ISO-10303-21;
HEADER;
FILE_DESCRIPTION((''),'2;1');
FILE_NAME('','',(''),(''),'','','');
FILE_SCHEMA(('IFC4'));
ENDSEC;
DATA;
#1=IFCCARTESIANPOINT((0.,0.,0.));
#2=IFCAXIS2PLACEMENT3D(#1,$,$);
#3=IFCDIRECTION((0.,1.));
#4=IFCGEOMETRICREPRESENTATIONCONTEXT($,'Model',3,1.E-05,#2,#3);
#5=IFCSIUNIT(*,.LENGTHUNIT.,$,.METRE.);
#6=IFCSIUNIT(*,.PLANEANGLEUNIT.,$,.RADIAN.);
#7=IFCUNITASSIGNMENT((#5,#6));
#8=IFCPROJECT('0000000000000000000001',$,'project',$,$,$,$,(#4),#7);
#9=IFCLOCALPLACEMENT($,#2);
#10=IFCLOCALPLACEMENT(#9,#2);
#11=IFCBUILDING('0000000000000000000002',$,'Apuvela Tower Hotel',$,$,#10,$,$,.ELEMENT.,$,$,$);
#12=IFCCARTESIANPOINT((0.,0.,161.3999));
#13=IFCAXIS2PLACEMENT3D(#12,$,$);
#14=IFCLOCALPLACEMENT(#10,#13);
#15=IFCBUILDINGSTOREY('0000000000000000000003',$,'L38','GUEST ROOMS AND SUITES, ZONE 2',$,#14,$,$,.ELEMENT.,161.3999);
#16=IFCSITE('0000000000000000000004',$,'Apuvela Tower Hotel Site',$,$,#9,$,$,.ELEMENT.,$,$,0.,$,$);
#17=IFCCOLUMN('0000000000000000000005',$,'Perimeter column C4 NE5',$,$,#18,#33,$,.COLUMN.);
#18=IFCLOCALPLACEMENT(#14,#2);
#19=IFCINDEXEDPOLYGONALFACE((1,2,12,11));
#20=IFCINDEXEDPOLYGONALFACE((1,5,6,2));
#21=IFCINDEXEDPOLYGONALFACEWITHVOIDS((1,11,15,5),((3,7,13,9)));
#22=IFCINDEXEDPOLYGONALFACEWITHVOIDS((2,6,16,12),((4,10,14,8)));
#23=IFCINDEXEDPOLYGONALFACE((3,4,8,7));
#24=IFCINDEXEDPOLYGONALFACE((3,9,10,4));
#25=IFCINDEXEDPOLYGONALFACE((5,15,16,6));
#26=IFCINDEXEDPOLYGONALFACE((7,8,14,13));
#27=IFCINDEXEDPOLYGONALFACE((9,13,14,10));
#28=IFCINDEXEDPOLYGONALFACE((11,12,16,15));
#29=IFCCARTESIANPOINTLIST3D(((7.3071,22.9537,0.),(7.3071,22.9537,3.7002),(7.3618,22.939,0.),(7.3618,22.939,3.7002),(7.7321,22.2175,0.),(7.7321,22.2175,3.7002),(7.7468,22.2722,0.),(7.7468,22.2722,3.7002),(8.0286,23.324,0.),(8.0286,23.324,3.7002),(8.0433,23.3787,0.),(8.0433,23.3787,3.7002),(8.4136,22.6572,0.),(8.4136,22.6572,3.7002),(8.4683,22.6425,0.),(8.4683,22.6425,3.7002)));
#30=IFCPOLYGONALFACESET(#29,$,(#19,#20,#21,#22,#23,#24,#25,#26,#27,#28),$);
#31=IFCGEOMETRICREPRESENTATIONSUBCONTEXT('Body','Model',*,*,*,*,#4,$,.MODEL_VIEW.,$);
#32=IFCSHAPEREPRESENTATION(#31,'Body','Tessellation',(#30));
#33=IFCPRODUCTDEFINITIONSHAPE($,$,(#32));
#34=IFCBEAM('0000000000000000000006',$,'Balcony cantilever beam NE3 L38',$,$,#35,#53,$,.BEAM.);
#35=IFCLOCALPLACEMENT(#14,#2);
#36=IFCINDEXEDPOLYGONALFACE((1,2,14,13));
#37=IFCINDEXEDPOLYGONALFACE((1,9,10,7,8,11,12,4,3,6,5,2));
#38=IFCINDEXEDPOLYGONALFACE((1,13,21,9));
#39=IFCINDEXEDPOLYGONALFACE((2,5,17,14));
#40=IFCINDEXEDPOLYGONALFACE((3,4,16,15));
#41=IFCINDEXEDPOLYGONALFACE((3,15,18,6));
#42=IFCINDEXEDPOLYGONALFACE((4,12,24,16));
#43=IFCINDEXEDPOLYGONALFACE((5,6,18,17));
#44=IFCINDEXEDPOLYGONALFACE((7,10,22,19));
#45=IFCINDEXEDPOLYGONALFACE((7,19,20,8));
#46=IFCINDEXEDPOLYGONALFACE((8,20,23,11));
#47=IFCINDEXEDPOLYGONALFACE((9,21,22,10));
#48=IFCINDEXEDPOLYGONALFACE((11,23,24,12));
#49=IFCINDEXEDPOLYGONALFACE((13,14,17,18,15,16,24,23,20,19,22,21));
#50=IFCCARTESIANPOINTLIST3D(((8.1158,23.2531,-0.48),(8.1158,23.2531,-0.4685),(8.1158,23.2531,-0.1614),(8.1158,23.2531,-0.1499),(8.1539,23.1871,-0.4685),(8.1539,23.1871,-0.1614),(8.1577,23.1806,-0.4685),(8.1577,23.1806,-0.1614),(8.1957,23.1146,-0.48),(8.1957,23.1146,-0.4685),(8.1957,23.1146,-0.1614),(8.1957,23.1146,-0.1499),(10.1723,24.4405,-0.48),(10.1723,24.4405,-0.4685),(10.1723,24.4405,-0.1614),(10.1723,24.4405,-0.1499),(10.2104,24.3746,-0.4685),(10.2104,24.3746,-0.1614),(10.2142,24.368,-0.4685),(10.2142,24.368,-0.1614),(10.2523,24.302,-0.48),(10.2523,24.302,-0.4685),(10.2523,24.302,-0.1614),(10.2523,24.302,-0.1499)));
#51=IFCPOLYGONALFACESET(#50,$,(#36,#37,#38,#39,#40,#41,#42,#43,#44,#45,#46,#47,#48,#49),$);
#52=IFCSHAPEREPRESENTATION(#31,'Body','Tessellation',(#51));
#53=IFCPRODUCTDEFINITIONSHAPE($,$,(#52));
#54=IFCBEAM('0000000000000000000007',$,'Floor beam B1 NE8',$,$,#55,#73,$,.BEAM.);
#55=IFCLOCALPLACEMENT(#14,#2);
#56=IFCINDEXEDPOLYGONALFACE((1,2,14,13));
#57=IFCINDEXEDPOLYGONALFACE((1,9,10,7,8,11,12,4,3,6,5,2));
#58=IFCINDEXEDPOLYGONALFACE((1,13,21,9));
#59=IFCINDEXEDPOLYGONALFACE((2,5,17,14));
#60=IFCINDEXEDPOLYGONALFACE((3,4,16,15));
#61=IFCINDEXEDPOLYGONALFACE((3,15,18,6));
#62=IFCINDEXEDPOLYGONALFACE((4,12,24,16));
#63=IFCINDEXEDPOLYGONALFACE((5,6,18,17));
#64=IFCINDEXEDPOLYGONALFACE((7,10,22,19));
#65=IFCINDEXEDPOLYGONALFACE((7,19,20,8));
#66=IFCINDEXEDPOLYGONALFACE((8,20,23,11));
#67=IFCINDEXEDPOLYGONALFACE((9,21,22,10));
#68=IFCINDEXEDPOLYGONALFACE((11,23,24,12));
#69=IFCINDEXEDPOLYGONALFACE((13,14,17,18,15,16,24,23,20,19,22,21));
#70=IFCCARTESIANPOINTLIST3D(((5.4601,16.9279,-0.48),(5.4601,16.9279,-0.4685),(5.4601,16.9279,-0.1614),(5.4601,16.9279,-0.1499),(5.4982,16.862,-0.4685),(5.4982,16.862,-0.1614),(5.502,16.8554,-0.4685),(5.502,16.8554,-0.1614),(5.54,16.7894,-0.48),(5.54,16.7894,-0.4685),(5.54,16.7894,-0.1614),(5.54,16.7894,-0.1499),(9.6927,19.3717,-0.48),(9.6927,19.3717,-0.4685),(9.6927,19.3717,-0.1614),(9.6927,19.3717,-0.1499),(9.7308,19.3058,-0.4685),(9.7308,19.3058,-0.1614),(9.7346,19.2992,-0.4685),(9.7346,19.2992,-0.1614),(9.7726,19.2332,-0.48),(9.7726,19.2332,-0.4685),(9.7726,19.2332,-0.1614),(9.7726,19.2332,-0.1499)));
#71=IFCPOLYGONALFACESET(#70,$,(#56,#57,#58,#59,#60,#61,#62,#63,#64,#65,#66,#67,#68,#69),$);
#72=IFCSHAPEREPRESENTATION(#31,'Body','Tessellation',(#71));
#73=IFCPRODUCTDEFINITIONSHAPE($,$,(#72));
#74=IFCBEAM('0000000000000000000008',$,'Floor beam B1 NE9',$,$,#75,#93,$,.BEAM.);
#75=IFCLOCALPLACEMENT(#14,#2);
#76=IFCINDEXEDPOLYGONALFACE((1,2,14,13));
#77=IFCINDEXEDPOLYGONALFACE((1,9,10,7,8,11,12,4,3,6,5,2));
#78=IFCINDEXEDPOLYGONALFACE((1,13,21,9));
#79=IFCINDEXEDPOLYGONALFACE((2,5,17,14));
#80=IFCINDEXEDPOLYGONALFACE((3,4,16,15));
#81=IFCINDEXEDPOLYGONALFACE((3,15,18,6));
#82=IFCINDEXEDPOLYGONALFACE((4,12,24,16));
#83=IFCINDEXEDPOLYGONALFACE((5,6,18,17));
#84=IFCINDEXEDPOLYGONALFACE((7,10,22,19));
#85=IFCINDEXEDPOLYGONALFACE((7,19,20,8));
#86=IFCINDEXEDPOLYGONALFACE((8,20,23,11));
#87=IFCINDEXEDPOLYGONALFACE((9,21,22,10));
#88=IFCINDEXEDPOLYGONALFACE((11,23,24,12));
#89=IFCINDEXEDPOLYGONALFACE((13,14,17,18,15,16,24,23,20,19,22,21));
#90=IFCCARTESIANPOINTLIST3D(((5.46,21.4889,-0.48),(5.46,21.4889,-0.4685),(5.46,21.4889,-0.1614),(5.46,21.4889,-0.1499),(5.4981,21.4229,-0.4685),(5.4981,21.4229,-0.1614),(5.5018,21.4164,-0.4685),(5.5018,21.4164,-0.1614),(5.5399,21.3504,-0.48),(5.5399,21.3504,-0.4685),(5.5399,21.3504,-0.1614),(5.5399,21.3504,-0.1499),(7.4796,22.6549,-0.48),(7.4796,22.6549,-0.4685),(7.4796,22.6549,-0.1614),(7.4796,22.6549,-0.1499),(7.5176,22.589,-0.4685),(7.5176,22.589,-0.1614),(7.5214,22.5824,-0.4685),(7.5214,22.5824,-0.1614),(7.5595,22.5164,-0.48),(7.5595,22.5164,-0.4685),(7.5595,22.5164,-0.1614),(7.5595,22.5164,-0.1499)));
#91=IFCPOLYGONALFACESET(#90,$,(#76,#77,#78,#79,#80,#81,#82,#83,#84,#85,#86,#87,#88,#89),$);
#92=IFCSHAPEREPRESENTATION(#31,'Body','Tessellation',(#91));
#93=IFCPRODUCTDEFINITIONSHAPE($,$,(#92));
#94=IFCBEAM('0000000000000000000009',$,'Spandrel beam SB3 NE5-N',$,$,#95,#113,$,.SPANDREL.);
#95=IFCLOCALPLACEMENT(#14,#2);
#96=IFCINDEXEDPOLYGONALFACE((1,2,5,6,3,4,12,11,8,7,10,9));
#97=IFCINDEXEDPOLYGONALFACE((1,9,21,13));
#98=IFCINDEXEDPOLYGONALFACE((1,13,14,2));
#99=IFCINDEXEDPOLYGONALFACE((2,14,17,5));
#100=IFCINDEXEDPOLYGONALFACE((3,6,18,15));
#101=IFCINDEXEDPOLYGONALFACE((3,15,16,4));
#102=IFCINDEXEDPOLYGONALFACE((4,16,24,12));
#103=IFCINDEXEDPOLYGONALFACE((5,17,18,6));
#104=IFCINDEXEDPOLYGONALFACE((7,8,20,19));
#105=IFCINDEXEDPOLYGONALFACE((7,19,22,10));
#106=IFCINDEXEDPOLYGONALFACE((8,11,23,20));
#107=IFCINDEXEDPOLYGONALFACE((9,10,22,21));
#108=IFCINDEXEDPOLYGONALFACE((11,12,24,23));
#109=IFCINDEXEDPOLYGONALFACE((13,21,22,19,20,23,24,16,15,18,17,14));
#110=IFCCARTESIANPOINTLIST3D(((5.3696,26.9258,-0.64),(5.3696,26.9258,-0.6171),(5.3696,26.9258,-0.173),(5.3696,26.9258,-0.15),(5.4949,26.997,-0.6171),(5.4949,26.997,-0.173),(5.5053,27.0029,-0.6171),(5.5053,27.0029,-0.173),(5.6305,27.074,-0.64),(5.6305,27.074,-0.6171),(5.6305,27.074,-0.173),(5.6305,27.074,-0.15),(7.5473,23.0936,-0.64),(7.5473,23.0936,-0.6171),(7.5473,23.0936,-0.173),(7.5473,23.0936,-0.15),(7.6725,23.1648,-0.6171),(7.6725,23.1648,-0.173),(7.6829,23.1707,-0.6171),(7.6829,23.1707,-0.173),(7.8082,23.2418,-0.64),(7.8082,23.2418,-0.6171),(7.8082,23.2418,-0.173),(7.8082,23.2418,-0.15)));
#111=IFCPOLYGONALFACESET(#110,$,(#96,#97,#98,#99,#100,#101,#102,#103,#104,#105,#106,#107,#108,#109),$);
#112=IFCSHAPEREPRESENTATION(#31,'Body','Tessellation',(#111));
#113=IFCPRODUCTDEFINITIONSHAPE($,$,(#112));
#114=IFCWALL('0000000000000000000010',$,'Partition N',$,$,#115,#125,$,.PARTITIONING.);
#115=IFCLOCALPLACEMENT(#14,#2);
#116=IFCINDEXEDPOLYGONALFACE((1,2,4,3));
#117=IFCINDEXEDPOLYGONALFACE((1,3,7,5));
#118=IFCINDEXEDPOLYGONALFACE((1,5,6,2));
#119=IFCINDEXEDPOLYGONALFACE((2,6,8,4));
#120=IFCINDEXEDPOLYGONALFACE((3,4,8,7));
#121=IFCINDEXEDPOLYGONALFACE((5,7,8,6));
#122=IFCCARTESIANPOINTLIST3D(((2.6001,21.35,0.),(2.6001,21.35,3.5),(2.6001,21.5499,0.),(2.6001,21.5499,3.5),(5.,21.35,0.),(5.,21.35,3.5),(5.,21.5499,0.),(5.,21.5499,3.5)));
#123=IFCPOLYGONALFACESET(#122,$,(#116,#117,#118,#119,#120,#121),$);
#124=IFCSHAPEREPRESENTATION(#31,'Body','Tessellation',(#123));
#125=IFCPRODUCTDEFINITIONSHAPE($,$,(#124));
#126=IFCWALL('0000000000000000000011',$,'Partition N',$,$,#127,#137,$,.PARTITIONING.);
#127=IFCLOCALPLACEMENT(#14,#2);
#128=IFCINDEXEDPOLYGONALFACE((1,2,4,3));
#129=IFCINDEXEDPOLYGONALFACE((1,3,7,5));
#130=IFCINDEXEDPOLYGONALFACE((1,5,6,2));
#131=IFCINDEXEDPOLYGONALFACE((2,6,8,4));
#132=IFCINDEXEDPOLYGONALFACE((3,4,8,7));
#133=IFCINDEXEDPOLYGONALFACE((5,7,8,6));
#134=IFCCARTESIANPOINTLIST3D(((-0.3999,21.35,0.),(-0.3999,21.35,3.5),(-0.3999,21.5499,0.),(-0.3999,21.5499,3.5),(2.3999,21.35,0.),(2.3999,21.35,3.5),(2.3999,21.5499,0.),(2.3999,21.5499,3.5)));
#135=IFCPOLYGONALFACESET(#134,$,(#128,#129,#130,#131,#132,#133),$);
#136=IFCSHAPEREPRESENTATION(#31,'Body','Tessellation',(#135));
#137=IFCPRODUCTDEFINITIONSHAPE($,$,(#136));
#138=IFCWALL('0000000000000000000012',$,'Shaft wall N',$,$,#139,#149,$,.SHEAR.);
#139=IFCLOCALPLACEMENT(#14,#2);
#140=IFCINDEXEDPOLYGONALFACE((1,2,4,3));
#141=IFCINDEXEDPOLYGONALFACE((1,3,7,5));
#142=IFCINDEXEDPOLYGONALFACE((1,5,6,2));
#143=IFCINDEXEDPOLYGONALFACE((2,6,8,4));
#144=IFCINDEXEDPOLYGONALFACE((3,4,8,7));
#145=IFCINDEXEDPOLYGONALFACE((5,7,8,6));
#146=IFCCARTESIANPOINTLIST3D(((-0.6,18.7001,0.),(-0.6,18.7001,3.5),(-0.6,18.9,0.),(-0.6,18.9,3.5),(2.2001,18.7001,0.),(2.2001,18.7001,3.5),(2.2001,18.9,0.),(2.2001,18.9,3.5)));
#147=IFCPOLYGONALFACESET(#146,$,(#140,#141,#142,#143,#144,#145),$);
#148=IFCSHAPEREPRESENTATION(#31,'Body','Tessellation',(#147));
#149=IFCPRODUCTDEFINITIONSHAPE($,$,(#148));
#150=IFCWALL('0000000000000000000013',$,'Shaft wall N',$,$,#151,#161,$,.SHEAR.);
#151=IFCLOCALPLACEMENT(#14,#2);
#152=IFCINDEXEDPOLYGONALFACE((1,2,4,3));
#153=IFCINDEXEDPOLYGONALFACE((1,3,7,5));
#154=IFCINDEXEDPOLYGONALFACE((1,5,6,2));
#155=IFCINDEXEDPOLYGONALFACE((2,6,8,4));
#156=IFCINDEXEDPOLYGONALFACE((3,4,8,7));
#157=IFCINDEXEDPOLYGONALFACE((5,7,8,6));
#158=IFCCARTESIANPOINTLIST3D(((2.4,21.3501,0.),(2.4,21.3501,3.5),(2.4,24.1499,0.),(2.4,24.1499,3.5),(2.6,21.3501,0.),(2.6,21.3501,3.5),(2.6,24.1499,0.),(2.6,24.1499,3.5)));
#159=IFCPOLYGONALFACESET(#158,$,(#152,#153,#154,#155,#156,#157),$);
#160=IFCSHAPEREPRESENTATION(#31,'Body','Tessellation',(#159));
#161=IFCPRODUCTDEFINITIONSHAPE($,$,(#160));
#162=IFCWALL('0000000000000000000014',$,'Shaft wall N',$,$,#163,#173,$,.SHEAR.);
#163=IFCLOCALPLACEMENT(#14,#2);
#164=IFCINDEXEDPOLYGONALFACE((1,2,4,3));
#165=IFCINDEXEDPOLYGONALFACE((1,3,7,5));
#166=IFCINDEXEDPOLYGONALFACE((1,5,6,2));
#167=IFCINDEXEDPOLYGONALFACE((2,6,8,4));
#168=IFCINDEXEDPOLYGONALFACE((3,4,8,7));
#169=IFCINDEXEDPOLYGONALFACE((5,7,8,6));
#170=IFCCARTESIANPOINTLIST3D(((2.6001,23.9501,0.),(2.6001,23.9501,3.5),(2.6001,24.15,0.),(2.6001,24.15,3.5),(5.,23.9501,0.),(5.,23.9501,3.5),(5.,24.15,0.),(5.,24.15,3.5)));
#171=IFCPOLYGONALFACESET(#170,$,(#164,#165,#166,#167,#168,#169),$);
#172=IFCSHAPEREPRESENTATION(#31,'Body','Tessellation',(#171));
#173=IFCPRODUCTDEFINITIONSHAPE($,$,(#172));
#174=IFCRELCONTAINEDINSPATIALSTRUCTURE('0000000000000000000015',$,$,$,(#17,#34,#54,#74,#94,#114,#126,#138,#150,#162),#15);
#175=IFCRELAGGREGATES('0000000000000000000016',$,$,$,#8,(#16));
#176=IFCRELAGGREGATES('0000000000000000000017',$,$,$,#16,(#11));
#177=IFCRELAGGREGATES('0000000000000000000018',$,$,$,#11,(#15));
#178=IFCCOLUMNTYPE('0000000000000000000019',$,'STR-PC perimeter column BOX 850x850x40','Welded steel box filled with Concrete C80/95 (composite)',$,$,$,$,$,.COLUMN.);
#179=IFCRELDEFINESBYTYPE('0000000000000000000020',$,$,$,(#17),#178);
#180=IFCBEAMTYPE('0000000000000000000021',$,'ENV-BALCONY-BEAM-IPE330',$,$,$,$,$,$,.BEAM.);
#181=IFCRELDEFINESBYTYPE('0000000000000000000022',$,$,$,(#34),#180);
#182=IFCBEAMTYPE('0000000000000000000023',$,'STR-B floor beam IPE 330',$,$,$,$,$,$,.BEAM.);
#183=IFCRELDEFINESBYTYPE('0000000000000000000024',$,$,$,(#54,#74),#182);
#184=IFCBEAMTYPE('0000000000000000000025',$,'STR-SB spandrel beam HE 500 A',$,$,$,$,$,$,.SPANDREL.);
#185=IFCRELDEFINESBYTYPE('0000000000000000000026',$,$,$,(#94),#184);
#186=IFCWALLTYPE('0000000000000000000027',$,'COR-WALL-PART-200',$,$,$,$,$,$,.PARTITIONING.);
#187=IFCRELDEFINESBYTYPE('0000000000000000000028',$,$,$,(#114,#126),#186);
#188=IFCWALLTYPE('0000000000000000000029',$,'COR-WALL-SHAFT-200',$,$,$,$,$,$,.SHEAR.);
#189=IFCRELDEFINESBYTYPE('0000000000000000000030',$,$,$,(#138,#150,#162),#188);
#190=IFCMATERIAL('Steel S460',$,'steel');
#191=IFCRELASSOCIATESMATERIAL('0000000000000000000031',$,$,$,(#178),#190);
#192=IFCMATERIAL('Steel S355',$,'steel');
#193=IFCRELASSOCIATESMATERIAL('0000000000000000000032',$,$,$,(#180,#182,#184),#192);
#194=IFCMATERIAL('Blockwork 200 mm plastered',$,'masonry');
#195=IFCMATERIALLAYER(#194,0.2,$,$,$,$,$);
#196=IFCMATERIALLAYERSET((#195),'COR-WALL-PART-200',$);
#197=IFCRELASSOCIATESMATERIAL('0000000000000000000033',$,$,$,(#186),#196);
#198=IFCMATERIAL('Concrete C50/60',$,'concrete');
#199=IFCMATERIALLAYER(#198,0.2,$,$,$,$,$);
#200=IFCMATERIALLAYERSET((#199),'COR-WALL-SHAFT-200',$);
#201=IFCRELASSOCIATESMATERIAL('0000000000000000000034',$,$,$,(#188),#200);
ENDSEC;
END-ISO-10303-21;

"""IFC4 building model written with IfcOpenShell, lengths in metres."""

from ifc_helpers import new_model, si_unit, direction, frame, frame_2d, origin, origin_2d, place, context, subcontext, project, spatial, rectangle, hollow_rectangle, i_section, extrude, material, layer, layer_set, material_profile, profile_set, type_object, element, save


model = new_model("IFC4")

# Units and contexts
model_context = context("Model", 3, precision=1e-05, world=origin(), true_north=direction((0.0, 1.0)))
body_context = subcontext(model_context, "Body", "Model", "MODEL_VIEW")
ifc_project = project(units=[si_unit("LENGTHUNIT", "METRE"), si_unit("PLANEANGLEUNIT", "RADIAN")], contexts=[model_context])

# Site, building, storey
site_placement = place(None, origin())
site = spatial("IfcSite", under=ifc_project, at=site_placement, Name="Apuvela Tower Hotel Site", CompositionType="ELEMENT", RefElevation=0.0)
building_placement = place(site_placement, origin())
building = spatial("IfcBuilding", under=site, at=building_placement, Name="Apuvela Tower Hotel", CompositionType="ELEMENT")
storey_placement = place(building_placement, frame((0.0, 0.0, 161.3999)))
storey = spatial("IfcBuildingStorey", under=building, at=storey_placement, Name="L38", Description="GUEST ROOMS AND SUITES, ZONE 2", CompositionType="ELEMENT", Elevation=161.3999)

# Column
ifc_material_1 = material(Name="Steel S460", Category="steel")
ifc_material_profile_1 = material_profile(ifc_material_1, hollow_rectangle(XDim=0.8501, YDim=0.8501, WallThickness=0.04, at=origin_2d()), Name="BOX 850x850x40")
ifc_material_2 = material(Name="Concrete C80/95", Category="concrete")
ifc_material_profile_2 = material_profile(ifc_material_2, rectangle(XDim=0.77, YDim=0.77, at=origin_2d()), Name="Concrete C80/95 infill")
ifc_profile_set_1 = profile_set([ifc_material_profile_1, ifc_material_profile_2], Name="Steel S460")
column_type = type_object("IfcColumnType", Name="STR-PC perimeter column BOX 850x850x40", Description="Welded steel box filled with Concrete C80/95 (composite)", PredefinedType="COLUMN", material=ifc_profile_set_1)
column_placement = place(storey_placement, frame((7.8877, 22.7981, 0.0), z_axis=(0.0, 0.0, 1.0), x_axis=(-0.5, 0.866025, 0.0)))
element("IfcColumn", 1, at=column_placement, inside=storey, type_object=column_type, Name="Perimeter column C4 NE5", PredefinedType="COLUMN", context=body_context, shape_type="SweptSolid", body=[
    extrude(hollow_rectangle(XDim=0.8501, YDim=0.8501, WallThickness=0.04, at=origin_2d()), origin(), (0.0, 0.0, 1.0), 3.7002),
])

# Beams
ifc_material_3 = material(Name="Steel S355", Category="steel")
ifc_material_profile_3 = material_profile(ifc_material_3, i_section(OverallWidth=0.1599, OverallDepth=0.3301, WebThickness=0.0076, FlangeThickness=0.0115, at=origin_2d()), Name="IPE 330")
ifc_profile_set_2 = profile_set([ifc_material_profile_3], Name="Steel S355")
beam_type_1 = type_object("IfcBeamType", Name="ENV-BALCONY-BEAM-IPE330", PredefinedType="BEAM", material=ifc_profile_set_2)
beam_1_placement = place(storey_placement, frame((8.1558, 23.1838, -0.3149), z_axis=(0.866008, 0.500031, 0.0), x_axis=(-0.500031, 0.866008, 0.0)))
element("IfcBeam", 2, at=beam_1_placement, inside=storey, type_object=beam_type_1, Name="Balcony cantilever beam NE3 L38", PredefinedType="BEAM", context=body_context, shape_type="SweptSolid", body=[
    extrude(i_section(OverallWidth=0.1599, OverallDepth=0.3301, WebThickness=0.0076, FlangeThickness=0.0115, at=origin_2d()), origin(), (0.0, 0.0, 1.0), 2.3748),
])
ifc_material_profile_4 = material_profile(ifc_material_3, i_section(OverallWidth=0.1599, OverallDepth=0.3301, WebThickness=0.0076, FlangeThickness=0.0115, at=origin_2d()), Name="IPE 330")
ifc_profile_set_3 = profile_set([ifc_material_profile_4], Name="Steel S355")
beam_type_2 = type_object("IfcBeamType", Name="STR-B floor beam IPE 330", PredefinedType="BEAM", material=ifc_profile_set_3)
beam_2_placement = place(storey_placement, frame((9.7327, 19.3025, -0.3149), z_axis=(-0.866015, -0.500018, 0.0), x_axis=(0.500018, -0.866015, 0.0)))
element("IfcBeam", 3, at=beam_2_placement, inside=storey, type_object=beam_type_2, Name="Floor beam B1 NE8", PredefinedType="BEAM", context=body_context, shape_type="SweptSolid", body=[
    extrude(i_section(OverallWidth=0.1599, OverallDepth=0.3301, WebThickness=0.0076, FlangeThickness=0.0115, at=origin_2d()), origin(), (0.0, 0.0, 1.0), 4.8875),
])
beam_3_placement = place(storey_placement, frame((7.5195, 22.5857, -0.3149), z_axis=(-0.866018, -0.500012, 0.0), x_axis=(0.500012, -0.866018, 0.0)))
element("IfcBeam", 4, at=beam_3_placement, inside=storey, type_object=beam_type_2, Name="Floor beam B1 NE9", PredefinedType="BEAM", context=body_context, shape_type="SweptSolid", body=[
    extrude(i_section(OverallWidth=0.1599, OverallDepth=0.3301, WebThickness=0.0076, FlangeThickness=0.0115, at=origin_2d()), origin(), (0.0, 0.0, 1.0), 2.332),
])
ifc_material_profile_5 = material_profile(ifc_material_3, i_section(OverallWidth=0.3, OverallDepth=0.49, WebThickness=0.012, FlangeThickness=0.0229, at=origin_2d()), Name="HE 500 A")
ifc_profile_set_4 = profile_set([ifc_material_profile_5], Name="Steel S355")
beam_type_3 = type_object("IfcBeamType", Name="STR-SB spandrel beam HE 500 A", PredefinedType="SPANDREL", material=ifc_profile_set_4)
beam_4_placement = place(storey_placement, frame((7.6777, 23.1677, -0.395), z_axis=(-0.494062, 0.869427, 0.0), x_axis=(-0.869427, -0.494062, 0.0)))
element("IfcBeam", 5, at=beam_4_placement, inside=storey, type_object=beam_type_3, Name="Spandrel beam SB3 NE5-N", PredefinedType="SPANDREL", context=body_context, shape_type="SweptSolid", body=[
    extrude(i_section(OverallWidth=0.3, OverallDepth=0.49, WebThickness=0.012, FlangeThickness=0.0229, at=origin_2d()), origin(), (0.0, 0.0, 1.0), 4.4077),
])

# Walls
ifc_material_4 = material(Name="Blockwork 200 mm plastered", Category="masonry")
ifc_layer_1 = layer(ifc_material_4, 0.2)
ifc_layer_set_1 = layer_set([ifc_layer_1], Name="COR-WALL-PART-200")
wall_type_1 = type_object("IfcWallType", Name="COR-WALL-PART-200", PredefinedType="PARTITIONING", material=ifc_layer_set_1)
wall_1_placement = place(storey_placement, frame((5.0, 21.45, 0.0), z_axis=(0.0, 0.0, 1.0), x_axis=(-1.0, 0.0, 0.0)))
element("IfcWall", 6, at=wall_1_placement, inside=storey, type_object=wall_type_1, Name="Partition N", PredefinedType="PARTITIONING", context=body_context, shape_type="SweptSolid", body=[
    extrude(rectangle(XDim=2.3999, YDim=0.2, at=frame_2d((1.2, 0.0))), origin(), (0.0, 0.0, 1.0), 3.5),
])
wall_2_placement = place(storey_placement, frame((2.3999, 21.45, 0.0), z_axis=(0.0, 0.0, 1.0), x_axis=(-1.0, 0.0, 0.0)))
element("IfcWall", 7, at=wall_2_placement, inside=storey, type_object=wall_type_1, Name="Partition N", PredefinedType="PARTITIONING", context=body_context, shape_type="SweptSolid", body=[
    extrude(rectangle(XDim=2.7998, YDim=0.2, at=frame_2d((1.3999, 0.0))), origin(), (0.0, 0.0, 1.0), 3.5),
])
ifc_material_5 = material(Name="Concrete C50/60", Category="concrete")
ifc_layer_2 = layer(ifc_material_5, 0.2)
ifc_layer_set_2 = layer_set([ifc_layer_2], Name="COR-WALL-SHAFT-200")
wall_type_2 = type_object("IfcWallType", Name="COR-WALL-SHAFT-200", PredefinedType="SHEAR", material=ifc_layer_set_2)
wall_3_placement = place(storey_placement, frame((2.2, 18.8, 0.0), z_axis=(0.0, 0.0, 1.0), x_axis=(-1.0, 0.0, 0.0)))
element("IfcWall", 8, at=wall_3_placement, inside=storey, type_object=wall_type_2, Name="Shaft wall N", PredefinedType="SHEAR", context=body_context, shape_type="SweptSolid", body=[
    extrude(rectangle(XDim=2.8, YDim=0.2, at=frame_2d((1.3999, 0.0))), origin(), (0.0, 0.0, 1.0), 3.5),
])
wall_4_placement = place(storey_placement, frame((2.5, 21.3501, 0.0), z_axis=(0.0, 0.0, 1.0), x_axis=(0.0, 1.0, 0.0)))
element("IfcWall", 9, at=wall_4_placement, inside=storey, type_object=wall_type_2, Name="Shaft wall N", PredefinedType="SHEAR", context=body_context, shape_type="SweptSolid", body=[
    extrude(rectangle(XDim=2.7998, YDim=0.2, at=frame_2d((1.3999, 0.0))), origin(), (0.0, 0.0, 1.0), 3.5),
])
wall_5_placement = place(storey_placement, frame((5.0, 24.05, 0.0), z_axis=(0.0, 0.0, 1.0), x_axis=(-1.0, 0.0, 0.0)))
element("IfcWall", 10, at=wall_5_placement, inside=storey, type_object=wall_type_2, Name="Shaft wall N", PredefinedType="SHEAR", context=body_context, shape_type="SweptSolid", body=[
    extrude(rectangle(XDim=2.3999, YDim=0.2, at=frame_2d((1.2, 0.0))), origin(), (0.0, 0.0, 1.0), 3.5),
])

save(model, "model.ifc")
